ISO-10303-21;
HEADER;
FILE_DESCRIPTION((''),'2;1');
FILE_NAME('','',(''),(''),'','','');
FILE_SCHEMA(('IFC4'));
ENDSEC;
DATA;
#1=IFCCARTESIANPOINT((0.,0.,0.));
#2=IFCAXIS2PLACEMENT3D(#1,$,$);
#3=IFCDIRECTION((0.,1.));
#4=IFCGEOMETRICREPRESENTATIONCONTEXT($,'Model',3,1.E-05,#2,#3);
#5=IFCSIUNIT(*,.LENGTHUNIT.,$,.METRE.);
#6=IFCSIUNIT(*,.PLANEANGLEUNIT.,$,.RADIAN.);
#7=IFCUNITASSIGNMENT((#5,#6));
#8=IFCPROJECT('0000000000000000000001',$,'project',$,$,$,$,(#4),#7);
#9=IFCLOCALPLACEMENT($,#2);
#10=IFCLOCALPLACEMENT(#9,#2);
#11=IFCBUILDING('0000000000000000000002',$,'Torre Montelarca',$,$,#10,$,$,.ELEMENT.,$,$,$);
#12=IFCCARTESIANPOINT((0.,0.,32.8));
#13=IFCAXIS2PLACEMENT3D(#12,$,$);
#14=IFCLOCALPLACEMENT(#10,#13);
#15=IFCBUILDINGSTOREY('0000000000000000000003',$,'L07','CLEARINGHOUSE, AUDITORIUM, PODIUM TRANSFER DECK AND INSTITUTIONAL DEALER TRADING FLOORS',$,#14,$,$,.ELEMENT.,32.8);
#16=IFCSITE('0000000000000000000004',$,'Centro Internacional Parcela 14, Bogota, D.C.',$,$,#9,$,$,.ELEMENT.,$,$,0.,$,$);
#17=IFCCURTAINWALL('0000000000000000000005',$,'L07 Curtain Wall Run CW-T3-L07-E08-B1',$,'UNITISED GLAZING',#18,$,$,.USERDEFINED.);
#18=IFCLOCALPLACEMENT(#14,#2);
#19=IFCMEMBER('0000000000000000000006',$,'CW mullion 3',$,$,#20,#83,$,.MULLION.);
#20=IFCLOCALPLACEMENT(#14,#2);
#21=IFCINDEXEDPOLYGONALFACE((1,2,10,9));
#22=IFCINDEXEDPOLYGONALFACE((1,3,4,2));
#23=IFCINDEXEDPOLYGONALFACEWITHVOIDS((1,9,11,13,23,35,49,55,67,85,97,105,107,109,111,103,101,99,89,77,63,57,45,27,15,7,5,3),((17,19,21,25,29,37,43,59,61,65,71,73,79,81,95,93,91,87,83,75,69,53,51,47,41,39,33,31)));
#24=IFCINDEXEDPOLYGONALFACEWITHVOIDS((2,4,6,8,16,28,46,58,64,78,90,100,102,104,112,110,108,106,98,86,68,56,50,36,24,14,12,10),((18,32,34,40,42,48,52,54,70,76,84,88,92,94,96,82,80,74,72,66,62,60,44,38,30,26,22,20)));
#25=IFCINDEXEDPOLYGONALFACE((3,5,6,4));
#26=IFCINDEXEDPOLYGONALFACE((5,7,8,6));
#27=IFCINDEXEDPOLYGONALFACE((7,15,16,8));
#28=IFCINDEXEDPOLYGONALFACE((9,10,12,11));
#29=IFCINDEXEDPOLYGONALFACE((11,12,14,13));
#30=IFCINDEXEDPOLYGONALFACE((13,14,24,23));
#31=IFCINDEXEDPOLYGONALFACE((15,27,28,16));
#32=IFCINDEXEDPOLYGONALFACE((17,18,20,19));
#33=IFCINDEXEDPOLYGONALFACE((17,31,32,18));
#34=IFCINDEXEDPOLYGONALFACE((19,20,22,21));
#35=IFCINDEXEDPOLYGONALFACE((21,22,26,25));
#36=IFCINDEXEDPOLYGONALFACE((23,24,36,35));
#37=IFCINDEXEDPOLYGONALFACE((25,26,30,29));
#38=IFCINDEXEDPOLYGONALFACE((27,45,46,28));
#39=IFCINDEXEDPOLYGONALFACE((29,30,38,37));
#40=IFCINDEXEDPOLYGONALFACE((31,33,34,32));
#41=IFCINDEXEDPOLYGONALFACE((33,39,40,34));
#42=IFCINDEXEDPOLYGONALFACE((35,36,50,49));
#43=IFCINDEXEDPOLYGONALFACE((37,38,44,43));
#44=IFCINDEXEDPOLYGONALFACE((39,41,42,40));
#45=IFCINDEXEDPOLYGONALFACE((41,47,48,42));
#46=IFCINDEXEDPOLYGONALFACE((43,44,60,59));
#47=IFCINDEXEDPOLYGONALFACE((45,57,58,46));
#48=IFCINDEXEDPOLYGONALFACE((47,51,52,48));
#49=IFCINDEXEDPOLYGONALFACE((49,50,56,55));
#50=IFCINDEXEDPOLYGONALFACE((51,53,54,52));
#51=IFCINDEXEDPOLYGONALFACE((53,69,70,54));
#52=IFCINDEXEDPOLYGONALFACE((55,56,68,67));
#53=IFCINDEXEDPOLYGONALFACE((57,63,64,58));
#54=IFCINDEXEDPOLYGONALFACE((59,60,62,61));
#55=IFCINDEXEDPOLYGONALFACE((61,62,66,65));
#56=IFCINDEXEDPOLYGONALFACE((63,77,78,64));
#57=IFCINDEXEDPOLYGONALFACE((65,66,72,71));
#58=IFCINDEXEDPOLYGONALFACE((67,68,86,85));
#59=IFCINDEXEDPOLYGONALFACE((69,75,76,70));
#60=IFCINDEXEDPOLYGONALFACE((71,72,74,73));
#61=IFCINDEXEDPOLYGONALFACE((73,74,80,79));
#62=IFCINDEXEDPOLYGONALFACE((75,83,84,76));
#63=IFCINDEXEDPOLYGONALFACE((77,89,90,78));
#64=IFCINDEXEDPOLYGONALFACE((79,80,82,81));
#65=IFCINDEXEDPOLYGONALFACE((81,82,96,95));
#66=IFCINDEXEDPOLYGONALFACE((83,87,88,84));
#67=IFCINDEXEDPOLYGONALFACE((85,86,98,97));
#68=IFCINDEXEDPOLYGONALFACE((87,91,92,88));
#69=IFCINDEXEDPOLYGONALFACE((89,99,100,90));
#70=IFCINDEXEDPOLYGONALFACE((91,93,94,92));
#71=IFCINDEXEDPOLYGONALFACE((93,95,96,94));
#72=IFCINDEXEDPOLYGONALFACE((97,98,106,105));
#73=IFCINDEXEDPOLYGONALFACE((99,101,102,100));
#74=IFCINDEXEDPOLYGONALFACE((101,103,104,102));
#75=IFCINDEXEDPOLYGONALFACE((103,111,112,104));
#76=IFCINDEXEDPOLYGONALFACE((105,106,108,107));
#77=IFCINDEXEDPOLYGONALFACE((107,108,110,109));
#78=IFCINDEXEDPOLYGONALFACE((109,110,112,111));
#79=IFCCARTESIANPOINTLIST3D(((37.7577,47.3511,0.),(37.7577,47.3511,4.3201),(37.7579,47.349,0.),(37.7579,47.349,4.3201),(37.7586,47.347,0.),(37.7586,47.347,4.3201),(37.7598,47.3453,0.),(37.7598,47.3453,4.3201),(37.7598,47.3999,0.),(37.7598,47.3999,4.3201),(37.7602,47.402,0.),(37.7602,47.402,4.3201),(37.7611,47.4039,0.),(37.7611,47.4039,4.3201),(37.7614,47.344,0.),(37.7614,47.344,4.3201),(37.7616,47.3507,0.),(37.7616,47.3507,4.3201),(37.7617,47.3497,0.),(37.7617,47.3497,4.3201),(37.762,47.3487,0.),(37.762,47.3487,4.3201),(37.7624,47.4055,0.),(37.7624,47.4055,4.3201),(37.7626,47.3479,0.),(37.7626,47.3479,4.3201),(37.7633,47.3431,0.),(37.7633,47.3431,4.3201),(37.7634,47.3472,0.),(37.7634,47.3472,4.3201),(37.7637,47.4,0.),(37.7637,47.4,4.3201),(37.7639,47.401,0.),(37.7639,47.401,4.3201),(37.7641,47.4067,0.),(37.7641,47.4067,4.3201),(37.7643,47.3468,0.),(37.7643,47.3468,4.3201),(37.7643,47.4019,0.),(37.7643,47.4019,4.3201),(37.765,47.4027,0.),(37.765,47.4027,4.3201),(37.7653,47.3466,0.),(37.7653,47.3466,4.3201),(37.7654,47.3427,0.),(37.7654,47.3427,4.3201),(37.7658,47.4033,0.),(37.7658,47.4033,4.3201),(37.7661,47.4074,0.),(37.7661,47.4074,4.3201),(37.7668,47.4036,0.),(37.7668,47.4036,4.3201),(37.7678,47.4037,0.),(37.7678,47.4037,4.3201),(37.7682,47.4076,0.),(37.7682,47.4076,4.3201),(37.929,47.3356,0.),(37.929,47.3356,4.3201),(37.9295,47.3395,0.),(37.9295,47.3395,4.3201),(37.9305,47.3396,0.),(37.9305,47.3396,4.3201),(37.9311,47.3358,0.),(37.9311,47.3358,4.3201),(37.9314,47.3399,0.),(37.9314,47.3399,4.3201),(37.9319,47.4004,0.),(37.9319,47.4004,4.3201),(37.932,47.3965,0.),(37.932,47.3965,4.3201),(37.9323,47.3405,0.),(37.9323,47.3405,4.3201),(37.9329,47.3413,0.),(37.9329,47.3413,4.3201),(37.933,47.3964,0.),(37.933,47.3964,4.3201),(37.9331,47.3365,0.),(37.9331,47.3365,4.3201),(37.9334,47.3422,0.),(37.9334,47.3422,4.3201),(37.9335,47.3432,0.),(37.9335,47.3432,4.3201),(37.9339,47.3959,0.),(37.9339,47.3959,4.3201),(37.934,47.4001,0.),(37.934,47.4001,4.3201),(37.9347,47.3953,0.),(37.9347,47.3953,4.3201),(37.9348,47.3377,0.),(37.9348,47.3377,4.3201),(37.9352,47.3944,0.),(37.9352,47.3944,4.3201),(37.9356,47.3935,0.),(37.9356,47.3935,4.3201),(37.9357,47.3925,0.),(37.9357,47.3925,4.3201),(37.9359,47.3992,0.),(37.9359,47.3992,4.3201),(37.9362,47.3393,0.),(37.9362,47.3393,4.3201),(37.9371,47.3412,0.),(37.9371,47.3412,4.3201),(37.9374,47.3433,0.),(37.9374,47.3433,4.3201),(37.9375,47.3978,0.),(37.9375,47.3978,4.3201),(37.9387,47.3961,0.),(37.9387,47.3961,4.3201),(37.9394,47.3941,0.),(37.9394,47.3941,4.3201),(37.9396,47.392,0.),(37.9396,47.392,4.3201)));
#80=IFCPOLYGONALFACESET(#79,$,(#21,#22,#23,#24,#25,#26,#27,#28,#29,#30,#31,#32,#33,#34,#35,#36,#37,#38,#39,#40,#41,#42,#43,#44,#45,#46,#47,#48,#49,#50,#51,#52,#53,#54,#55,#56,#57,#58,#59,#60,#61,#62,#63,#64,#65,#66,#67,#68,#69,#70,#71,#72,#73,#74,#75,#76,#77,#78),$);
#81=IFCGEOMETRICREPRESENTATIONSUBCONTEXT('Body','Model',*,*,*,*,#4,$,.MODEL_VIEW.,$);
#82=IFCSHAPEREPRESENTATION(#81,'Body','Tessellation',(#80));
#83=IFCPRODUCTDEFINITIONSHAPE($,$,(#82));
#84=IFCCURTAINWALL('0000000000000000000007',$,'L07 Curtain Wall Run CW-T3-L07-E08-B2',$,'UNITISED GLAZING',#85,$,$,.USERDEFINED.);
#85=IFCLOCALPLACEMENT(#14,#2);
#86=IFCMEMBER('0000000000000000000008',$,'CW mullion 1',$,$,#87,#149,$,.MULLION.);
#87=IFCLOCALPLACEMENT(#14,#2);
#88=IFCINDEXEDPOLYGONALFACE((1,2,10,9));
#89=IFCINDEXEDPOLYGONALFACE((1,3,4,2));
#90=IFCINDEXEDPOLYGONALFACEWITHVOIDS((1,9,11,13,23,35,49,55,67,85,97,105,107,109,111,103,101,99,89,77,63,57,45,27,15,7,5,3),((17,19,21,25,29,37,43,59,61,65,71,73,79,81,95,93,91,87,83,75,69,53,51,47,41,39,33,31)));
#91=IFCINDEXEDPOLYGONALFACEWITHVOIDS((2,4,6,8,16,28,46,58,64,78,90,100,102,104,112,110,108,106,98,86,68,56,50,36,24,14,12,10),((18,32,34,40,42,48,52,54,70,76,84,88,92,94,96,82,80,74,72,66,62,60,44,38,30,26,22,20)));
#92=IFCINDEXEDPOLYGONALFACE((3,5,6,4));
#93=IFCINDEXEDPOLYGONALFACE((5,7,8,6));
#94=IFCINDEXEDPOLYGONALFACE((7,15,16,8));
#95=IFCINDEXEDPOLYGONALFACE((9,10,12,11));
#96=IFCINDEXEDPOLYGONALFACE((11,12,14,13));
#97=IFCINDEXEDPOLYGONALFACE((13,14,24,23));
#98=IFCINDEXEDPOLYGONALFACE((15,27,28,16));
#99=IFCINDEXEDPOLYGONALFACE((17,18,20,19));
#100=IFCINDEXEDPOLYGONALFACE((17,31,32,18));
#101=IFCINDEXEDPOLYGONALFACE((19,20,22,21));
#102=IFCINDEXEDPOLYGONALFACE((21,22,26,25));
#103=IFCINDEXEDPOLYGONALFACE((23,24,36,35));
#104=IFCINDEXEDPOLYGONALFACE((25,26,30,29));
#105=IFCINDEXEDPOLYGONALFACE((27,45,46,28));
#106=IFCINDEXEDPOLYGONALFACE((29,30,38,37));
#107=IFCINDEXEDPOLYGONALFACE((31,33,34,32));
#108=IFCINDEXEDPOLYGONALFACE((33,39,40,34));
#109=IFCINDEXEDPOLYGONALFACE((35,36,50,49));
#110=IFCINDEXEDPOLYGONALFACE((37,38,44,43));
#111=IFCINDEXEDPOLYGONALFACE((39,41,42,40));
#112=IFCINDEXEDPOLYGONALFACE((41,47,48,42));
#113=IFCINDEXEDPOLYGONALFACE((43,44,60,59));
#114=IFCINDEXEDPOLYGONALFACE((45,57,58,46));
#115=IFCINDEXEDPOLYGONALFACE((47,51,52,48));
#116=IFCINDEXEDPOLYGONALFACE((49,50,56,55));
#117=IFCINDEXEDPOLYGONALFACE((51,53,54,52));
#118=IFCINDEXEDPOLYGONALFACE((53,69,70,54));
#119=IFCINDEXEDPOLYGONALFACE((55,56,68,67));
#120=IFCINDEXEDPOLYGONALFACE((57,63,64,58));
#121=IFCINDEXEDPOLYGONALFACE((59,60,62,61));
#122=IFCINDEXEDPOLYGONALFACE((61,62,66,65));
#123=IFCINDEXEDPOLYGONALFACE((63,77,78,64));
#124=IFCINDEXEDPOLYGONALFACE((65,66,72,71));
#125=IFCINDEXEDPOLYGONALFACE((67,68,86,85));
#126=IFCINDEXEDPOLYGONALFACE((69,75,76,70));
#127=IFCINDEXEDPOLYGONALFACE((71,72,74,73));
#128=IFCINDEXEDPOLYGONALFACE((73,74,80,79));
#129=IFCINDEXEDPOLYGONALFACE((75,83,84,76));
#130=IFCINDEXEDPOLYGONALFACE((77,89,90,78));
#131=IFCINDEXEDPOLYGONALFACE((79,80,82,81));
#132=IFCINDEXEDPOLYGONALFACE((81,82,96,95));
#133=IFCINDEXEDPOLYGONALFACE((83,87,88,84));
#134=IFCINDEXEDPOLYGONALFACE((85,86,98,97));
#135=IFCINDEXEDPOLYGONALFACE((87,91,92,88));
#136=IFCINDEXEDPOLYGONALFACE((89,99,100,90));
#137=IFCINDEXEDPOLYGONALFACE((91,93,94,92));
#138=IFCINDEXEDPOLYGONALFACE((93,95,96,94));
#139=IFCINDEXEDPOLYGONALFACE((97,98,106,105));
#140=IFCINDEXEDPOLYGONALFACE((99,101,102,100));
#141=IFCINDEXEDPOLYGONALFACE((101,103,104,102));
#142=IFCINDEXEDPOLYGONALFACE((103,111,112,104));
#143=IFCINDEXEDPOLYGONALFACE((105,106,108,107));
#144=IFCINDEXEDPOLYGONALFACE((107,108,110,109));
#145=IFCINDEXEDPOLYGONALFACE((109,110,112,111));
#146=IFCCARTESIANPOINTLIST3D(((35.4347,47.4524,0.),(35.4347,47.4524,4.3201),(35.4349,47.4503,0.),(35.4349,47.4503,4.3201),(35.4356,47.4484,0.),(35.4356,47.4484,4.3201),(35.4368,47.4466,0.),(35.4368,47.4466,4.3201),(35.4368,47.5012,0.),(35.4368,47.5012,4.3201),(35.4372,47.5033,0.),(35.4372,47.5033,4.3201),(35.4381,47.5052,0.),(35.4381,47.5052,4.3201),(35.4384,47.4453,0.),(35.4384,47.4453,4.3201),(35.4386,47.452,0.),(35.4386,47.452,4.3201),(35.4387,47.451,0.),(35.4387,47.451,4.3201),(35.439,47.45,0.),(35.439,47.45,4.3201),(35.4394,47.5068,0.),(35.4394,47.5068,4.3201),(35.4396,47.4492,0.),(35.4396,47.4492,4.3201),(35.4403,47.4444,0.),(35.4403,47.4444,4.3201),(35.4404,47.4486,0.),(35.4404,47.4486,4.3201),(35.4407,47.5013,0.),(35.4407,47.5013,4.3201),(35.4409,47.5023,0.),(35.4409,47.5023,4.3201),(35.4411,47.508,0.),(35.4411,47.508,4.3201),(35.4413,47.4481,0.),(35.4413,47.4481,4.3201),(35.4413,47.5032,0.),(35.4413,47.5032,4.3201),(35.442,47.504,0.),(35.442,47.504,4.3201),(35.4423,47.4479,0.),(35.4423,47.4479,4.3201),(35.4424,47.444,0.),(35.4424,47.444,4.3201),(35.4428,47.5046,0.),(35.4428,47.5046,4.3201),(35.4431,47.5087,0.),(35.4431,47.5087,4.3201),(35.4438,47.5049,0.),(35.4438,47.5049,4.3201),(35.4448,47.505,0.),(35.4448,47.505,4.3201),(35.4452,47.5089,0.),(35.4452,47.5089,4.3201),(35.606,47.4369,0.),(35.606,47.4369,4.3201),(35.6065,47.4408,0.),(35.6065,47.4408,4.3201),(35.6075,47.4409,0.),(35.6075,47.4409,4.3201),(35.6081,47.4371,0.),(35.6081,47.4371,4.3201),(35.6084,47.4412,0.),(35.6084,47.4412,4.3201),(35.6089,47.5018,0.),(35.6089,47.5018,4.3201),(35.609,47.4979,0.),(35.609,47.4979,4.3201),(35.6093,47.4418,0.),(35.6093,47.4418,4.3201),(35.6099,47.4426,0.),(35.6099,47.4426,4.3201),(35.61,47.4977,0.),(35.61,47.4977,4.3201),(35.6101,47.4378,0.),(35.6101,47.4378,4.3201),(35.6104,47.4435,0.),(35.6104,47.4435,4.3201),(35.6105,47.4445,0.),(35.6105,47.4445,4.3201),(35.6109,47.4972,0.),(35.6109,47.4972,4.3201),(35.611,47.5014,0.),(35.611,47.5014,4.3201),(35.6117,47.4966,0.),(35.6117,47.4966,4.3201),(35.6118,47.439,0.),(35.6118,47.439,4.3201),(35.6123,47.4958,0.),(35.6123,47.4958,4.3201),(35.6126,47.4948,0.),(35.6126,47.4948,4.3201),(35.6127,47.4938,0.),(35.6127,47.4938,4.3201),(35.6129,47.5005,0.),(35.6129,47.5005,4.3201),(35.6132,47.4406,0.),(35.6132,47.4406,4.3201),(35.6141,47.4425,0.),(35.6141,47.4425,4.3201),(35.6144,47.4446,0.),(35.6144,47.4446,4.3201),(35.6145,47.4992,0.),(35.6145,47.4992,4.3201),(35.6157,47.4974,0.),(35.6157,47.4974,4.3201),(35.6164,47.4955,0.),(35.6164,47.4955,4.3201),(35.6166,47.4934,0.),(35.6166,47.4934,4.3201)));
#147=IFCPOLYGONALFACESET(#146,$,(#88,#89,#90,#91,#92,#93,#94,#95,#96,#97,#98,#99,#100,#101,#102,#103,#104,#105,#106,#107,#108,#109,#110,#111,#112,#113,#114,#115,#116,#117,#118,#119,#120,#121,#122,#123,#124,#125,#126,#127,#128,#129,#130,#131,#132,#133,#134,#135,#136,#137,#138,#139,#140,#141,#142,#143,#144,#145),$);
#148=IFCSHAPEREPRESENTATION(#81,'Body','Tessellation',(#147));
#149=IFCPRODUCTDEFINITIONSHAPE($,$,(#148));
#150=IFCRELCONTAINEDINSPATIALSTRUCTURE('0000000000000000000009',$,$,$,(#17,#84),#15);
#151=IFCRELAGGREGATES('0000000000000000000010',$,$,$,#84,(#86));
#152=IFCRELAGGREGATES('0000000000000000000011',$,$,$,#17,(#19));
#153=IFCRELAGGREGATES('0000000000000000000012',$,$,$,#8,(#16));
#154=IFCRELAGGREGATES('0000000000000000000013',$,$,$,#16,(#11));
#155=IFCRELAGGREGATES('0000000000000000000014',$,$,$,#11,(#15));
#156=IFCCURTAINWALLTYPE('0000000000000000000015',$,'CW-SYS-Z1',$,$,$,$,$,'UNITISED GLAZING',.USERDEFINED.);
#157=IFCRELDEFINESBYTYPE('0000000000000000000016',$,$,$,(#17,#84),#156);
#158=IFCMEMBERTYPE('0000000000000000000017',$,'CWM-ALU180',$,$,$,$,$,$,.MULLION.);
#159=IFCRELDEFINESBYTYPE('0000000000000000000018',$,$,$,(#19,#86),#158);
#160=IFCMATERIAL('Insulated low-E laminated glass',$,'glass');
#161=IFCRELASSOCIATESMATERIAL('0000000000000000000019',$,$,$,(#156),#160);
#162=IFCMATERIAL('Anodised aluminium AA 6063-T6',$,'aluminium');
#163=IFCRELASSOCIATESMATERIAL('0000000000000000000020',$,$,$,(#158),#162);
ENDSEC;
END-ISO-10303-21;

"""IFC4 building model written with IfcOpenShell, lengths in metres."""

from ifc_helpers import new_model, si_unit, direction, frame, origin, origin_2d, place, context, subcontext, project, spatial, hollow_rectangle, extrude, source, transform, mapped, material, material_profile, profile_set, type_object, element, aggregate, save


model = new_model("IFC4")

# Units and contexts
model_context = context("Model", 3, precision=1e-05, world=origin(), true_north=direction((0.0, 1.0)))
body_context = subcontext(model_context, "Body", "Model", "MODEL_VIEW")
ifc_project = project(units=[si_unit("LENGTHUNIT", "METRE"), si_unit("PLANEANGLEUNIT", "RADIAN")], contexts=[model_context])

# Site, building, storey
site_placement = place(None, origin())
site = spatial("IfcSite", under=ifc_project, at=site_placement, Name="Centro Internacional Parcela 14, Bogota, D.C.", CompositionType="ELEMENT", RefElevation=0.0)
building_placement = place(site_placement, origin())
building = spatial("IfcBuilding", under=site, at=building_placement, Name="Torre Montelarca", CompositionType="ELEMENT")
storey_placement = place(building_placement, frame((0.0, 0.0, 32.8)))
storey = spatial("IfcBuildingStorey", under=building, at=storey_placement, Name="L07", Description="CLEARINGHOUSE, AUDITORIUM, PODIUM TRANSFER DECK AND INSTITUTIONAL DEALER TRADING FLOORS", CompositionType="ELEMENT", Elevation=32.8)

# Curtain wall, member
ifc_material_1 = material(Name="Insulated low-E laminated glass", Category="glass")
curtain_wall_type = type_object("IfcCurtainWallType", Name="CW-SYS-Z1", ElementType="UNITISED GLAZING", PredefinedType="USERDEFINED", material=ifc_material_1)
curtain_wall_1_placement = place(storey_placement, origin())
curtain_wall_1 = element("IfcCurtainWall", 1, at=curtain_wall_1_placement, inside=storey, type_object=curtain_wall_type, Name="L07 Curtain Wall Run CW-T3-L07-E08-B1", ObjectType="UNITISED GLAZING", PredefinedType="USERDEFINED")
ifc_material_2 = material(Name="Anodised aluminium AA 6063-T6", Category="aluminium")
ifc_material_profile_1 = material_profile(ifc_material_2, hollow_rectangle(XDim=0.0649, YDim=0.1799, WallThickness=0.0039, InnerFilletRadius=0.0039, OuterFilletRadius=0.0081, at=origin_2d()), Name="ALU65X180X4", Category="aluminium")
ifc_profile_set_1 = profile_set([ifc_material_profile_1], Name="Anodised aluminium AA 6063-T6")
member_type_1 = type_object("IfcMemberType", Name="CWM-ALU180", PredefinedType="MULLION", material=ifc_profile_set_1)
shared_shape_1 = source(origin(), body_context, "Body", "SweptSolid", [
    extrude(hollow_rectangle(XDim=0.0649, YDim=0.1799, WallThickness=0.0039, InnerFilletRadius=0.0039, OuterFilletRadius=0.0081, at=origin_2d()), origin(), (0.0, 0.0, 1.0), 4.3201),
])
member_1_placement = place(storey_placement, frame((37.8486, 47.3716, 0.0), z_axis=(0.0, 0.0, 1.0), x_axis=(-0.043621, -0.999048, 0.0)))
member_1 = element("IfcMember", 2, at=member_1_placement, type_object=member_type_1, Name="CW mullion 3", PredefinedType="MULLION", context=body_context, shape_type="MappedRepresentation", body=[
    mapped(shared_shape_1, transform((0.0, 0.0, 0.0), scale=1.0)),
])

# Curtain wall, member
curtain_wall_2_placement = place(storey_placement, origin())
curtain_wall_2 = element("IfcCurtainWall", 3, at=curtain_wall_2_placement, inside=storey, type_object=curtain_wall_type, Name="L07 Curtain Wall Run CW-T3-L07-E08-B2", ObjectType="UNITISED GLAZING", PredefinedType="USERDEFINED")
member_2_placement = place(storey_placement, frame((35.5256, 47.4729, 0.0), z_axis=(0.0, 0.0, 1.0), x_axis=(-0.043621, -0.999048, 0.0)))
member_2 = element("IfcMember", 4, at=member_2_placement, type_object=member_type_1, Name="CW mullion 1", PredefinedType="MULLION", context=body_context, shape_type="MappedRepresentation", body=[
    mapped(shared_shape_1, transform((0.0, 0.0, 0.0), scale=1.0)),
])
aggregate(curtain_wall_2, [member_2])

aggregate(curtain_wall_1, [member_1])

save(model, "model.ifc")
